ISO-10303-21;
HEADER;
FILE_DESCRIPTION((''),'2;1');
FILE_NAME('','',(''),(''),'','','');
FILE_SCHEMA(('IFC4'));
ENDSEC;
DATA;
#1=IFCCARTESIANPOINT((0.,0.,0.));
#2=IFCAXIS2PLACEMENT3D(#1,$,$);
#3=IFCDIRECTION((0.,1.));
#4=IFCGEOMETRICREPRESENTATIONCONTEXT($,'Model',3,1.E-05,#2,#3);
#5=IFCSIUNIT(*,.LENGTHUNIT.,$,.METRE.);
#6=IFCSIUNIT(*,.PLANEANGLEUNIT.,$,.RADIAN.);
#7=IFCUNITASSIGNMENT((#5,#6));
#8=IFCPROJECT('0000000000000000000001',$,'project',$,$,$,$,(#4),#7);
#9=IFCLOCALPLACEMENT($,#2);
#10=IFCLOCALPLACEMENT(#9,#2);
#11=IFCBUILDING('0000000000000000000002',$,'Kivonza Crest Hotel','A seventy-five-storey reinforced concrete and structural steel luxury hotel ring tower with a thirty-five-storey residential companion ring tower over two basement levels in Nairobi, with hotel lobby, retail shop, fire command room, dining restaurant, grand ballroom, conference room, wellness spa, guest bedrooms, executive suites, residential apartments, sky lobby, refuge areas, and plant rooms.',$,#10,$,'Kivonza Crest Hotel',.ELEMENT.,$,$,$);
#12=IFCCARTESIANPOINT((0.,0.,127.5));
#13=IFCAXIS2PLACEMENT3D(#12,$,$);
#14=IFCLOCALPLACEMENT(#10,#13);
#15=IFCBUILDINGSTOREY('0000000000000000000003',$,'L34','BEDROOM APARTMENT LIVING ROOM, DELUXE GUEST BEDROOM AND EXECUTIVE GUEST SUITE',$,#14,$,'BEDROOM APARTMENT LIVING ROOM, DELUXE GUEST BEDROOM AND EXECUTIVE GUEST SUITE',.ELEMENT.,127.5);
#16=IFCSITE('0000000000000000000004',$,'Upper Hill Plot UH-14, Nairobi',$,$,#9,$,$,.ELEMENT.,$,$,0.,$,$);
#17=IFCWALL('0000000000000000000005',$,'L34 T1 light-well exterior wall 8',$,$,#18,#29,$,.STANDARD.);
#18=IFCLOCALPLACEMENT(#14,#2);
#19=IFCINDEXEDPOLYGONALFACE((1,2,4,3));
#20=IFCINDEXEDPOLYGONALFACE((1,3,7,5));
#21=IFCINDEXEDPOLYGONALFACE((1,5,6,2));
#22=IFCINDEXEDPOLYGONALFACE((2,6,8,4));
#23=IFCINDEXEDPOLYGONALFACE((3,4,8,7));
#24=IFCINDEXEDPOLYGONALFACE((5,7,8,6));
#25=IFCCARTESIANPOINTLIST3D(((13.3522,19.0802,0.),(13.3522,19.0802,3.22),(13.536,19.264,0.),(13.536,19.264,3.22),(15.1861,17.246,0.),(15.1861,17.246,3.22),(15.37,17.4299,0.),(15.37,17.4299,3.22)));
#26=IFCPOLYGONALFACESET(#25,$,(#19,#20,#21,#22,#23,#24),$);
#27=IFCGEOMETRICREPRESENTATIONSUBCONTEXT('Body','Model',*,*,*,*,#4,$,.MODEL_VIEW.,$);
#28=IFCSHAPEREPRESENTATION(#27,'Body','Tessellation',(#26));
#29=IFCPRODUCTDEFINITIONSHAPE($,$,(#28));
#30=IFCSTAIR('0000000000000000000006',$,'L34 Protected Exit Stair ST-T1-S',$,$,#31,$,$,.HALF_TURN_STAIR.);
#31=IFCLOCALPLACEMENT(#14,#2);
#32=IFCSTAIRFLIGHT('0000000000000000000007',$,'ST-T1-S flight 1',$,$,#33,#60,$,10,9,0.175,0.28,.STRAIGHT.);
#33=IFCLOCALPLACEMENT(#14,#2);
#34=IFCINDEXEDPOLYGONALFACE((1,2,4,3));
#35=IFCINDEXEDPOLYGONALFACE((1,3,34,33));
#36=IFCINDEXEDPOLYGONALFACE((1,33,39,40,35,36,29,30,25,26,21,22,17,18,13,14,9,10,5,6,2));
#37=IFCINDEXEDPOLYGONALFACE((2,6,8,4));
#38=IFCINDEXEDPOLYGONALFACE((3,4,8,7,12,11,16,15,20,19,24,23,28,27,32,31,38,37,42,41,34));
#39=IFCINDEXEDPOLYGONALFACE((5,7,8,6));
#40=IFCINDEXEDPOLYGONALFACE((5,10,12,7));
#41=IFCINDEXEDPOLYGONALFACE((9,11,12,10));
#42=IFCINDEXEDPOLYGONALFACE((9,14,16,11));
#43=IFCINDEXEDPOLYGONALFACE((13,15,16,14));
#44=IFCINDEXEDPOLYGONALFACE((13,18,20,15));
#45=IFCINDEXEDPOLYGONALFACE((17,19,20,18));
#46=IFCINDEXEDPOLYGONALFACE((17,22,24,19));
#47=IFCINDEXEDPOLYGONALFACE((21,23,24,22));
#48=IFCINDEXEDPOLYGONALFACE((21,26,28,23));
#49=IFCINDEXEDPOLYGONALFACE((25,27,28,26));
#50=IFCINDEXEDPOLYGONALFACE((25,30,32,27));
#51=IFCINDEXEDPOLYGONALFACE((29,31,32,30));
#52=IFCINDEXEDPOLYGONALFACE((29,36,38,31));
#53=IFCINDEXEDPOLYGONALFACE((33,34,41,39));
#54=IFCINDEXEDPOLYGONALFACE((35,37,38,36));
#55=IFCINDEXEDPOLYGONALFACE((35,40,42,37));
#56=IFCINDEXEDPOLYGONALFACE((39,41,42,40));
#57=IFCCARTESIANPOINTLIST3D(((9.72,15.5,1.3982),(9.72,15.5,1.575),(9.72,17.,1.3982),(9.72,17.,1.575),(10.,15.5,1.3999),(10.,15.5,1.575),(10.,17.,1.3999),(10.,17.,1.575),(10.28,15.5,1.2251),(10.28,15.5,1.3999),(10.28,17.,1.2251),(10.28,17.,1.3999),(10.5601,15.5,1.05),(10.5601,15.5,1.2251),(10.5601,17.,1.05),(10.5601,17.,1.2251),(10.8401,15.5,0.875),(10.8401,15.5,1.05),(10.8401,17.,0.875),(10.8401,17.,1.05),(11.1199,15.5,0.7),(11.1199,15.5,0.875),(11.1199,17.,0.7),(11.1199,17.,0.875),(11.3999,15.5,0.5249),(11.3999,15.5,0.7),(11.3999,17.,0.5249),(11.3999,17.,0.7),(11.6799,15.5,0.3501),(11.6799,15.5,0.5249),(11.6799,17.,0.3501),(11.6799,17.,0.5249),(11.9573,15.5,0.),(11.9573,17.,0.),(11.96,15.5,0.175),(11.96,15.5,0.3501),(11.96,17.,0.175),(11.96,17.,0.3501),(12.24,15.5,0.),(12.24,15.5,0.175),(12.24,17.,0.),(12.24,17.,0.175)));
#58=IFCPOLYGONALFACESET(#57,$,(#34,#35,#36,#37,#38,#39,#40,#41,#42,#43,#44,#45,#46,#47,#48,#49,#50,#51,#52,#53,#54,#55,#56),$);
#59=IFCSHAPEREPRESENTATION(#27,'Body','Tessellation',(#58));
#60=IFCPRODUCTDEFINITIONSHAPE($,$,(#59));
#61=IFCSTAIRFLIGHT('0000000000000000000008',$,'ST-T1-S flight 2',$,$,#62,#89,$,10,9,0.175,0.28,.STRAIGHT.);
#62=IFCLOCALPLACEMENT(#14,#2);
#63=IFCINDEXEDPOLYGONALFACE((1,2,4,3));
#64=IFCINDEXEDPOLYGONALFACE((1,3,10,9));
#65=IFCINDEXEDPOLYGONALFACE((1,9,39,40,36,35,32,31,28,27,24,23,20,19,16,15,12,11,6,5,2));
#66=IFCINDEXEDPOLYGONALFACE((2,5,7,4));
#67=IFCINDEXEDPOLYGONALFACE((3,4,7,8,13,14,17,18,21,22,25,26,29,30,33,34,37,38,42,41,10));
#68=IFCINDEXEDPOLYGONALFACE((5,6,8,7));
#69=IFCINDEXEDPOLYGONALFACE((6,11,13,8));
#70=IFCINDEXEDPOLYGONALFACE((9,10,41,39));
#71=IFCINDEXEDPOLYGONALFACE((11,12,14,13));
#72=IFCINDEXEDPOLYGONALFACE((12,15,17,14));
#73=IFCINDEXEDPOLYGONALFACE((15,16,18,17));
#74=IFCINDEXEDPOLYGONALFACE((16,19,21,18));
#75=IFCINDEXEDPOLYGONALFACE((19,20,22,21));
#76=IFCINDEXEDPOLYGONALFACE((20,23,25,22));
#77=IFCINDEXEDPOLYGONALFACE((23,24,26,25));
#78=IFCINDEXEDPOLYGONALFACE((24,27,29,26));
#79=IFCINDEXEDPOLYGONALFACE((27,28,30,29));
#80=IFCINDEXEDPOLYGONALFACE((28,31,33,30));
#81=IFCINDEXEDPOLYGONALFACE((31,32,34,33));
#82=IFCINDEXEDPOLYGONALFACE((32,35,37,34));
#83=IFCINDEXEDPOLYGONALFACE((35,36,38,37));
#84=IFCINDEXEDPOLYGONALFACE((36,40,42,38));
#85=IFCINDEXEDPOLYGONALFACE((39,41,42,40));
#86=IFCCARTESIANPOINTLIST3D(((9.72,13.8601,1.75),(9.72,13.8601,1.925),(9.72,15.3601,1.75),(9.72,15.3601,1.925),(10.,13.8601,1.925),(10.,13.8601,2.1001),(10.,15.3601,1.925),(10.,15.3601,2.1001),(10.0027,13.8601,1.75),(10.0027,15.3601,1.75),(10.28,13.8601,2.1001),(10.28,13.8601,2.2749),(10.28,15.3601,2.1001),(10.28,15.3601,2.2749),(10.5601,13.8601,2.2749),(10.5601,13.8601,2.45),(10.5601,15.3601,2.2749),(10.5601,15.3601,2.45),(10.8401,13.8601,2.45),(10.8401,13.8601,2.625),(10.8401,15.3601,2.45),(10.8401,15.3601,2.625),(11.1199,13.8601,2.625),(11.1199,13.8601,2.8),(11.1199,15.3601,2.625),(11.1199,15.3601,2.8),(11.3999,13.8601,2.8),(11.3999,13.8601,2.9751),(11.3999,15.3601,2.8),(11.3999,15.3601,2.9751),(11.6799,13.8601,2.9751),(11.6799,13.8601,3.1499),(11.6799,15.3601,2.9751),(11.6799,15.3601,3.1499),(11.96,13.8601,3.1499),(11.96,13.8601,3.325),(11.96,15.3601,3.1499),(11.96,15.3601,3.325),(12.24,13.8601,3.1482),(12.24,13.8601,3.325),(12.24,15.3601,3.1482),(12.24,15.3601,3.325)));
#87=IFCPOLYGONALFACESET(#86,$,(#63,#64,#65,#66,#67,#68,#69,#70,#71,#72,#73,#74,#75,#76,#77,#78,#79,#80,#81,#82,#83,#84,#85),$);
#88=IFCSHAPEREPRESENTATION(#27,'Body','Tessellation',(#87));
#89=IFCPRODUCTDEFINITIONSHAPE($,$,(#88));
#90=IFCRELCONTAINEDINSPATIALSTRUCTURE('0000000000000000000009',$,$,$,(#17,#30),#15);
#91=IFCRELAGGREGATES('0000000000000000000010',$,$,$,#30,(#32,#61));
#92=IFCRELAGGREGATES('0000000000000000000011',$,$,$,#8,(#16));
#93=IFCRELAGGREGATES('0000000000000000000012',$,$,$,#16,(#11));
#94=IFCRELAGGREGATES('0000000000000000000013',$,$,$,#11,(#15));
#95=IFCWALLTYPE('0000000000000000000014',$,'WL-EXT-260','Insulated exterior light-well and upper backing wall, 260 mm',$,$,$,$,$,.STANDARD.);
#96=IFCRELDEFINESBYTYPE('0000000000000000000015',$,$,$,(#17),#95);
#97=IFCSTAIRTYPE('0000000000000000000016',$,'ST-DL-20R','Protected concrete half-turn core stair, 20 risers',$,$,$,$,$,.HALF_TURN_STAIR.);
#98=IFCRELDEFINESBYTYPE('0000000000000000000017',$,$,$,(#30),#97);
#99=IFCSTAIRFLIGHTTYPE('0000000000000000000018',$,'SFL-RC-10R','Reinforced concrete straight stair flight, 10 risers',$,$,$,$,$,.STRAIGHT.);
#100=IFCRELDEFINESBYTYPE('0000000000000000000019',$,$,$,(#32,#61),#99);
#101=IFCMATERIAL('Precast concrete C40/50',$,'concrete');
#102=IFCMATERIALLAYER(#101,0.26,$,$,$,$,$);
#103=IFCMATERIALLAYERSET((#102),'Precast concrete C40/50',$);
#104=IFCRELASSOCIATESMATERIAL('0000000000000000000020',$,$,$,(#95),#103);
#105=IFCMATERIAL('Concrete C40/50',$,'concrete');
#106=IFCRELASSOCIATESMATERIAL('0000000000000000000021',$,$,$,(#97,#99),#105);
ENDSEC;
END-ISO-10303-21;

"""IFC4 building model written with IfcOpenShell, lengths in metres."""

from ifc_helpers import new_model, si_unit, direction, frame, frame_2d, origin, place, context, subcontext, project, spatial, polyline, rectangle, outline, extrude, material, layer, layer_set, type_object, element, aggregate, save


model = new_model("IFC4")

# Units and contexts
model_context = context("Model", 3, precision=1e-05, world=origin(), true_north=direction((0.0, 1.0)))
body_context = subcontext(model_context, "Body", "Model", "MODEL_VIEW")
ifc_project = project(units=[si_unit("LENGTHUNIT", "METRE"), si_unit("PLANEANGLEUNIT", "RADIAN")], contexts=[model_context])

# Site, building, storey
site_placement = place(None, origin())
site = spatial("IfcSite", under=ifc_project, at=site_placement, Name="Upper Hill Plot UH-14, Nairobi", CompositionType="ELEMENT", RefElevation=0.0)
building_placement = place(site_placement, origin())
building = spatial("IfcBuilding", under=site, at=building_placement, Name="Kivonza Crest Hotel", Description="A seventy-five-storey reinforced concrete and structural steel luxury hotel ring tower with a thirty-five-storey residential companion ring tower over two basement levels in Nairobi, with hotel lobby, retail shop, fire command room, dining restaurant, grand ballroom, conference room, wellness spa, guest bedrooms, executive suites, residential apartments, sky lobby, refuge areas, and plant rooms.", LongName="Kivonza Crest Hotel", CompositionType="ELEMENT")
storey_placement = place(building_placement, frame((0.0, 0.0, 127.5)))
storey = spatial("IfcBuildingStorey", under=building, at=storey_placement, Name="L34", Description="BEDROOM APARTMENT LIVING ROOM, DELUXE GUEST BEDROOM AND EXECUTIVE GUEST SUITE", LongName="BEDROOM APARTMENT LIVING ROOM, DELUXE GUEST BEDROOM AND EXECUTIVE GUEST SUITE", CompositionType="ELEMENT", Elevation=127.5)

# Wall
ifc_material_1 = material(Name="Precast concrete C40/50", Category="concrete")
ifc_layer_1 = layer(ifc_material_1, 0.26)
ifc_layer_set_1 = layer_set([ifc_layer_1], Name="Precast concrete C40/50")
wall_type_1 = type_object("IfcWallType", Name="WL-EXT-260", Description="Insulated exterior light-well and upper backing wall, 260 mm", PredefinedType="STANDARD", material=ifc_layer_set_1)
wall_1_placement = place(storey_placement, frame((13.4441, 19.1721, 0.0), z_axis=(0.0, 0.0, 1.0), x_axis=(0.70706, -0.707154, 0.0)))
element("IfcWall", 1, at=wall_1_placement, inside=storey, type_object=wall_type_1, Name="L34 T1 light-well exterior wall 8", PredefinedType="STANDARD", context=body_context, shape_type="SweptSolid", body=[
    extrude(rectangle(XDim=2.5938, YDim=0.26, at=frame_2d((1.2969, 0.0))), origin(), (0.0, 0.0, 1.0), 3.22),
])

# Stair, stair flights
ifc_material_2 = material(Name="Concrete C40/50", Category="concrete")
stair_type = type_object("IfcStairType", Name="ST-DL-20R", Description="Protected concrete half-turn core stair, 20 risers", PredefinedType="HALF_TURN_STAIR", material=ifc_material_2)
stair_placement = place(storey_placement, origin())
stair = element("IfcStair", 2, at=stair_placement, inside=storey, type_object=stair_type, Name="L34 Protected Exit Stair ST-T1-S", PredefinedType="HALF_TURN_STAIR")
stair_flight_type = type_object("IfcStairFlightType", Name="SFL-RC-10R", Description="Reinforced concrete straight stair flight, 10 risers", PredefinedType="STRAIGHT", material=ifc_material_2)
stair_flight_1_placement = place(storey_placement, frame((12.24, 16.25, 0.0), z_axis=(0.0, 0.0, 1.0), x_axis=(-1.0, 0.0, 0.0)))
stair_flight_1 = element("IfcStairFlight", 3, at=stair_flight_1_placement, type_object=stair_flight_type, Name="ST-T1-S flight 1", NumberOfRisers=10, NumberOfTreads=9, PredefinedType="STRAIGHT", RiserHeight=0.175, TreadLength=0.28, context=body_context, shape_type="SweptSolid", body=[
    extrude(outline(polyline([(0.0, 0.0), (0.0, 0.175), (0.28, 0.175), (0.28, 0.3501), (0.5601, 0.3501), (0.5601, 0.5249), (0.8401, 0.5249), (0.8401, 0.7), (1.1201, 0.7), (1.1201, 0.875), (1.3999, 0.875), (1.3999, 1.05), (1.6799, 1.05), (1.6799, 1.2251), (1.96, 1.2251), (1.96, 1.3999), (2.24, 1.3999), (2.24, 1.575), (2.52, 1.575), (2.52, 1.75), (2.52, 1.3982), (0.2827, 0.0), (0.0, 0.0)])), frame((0.0, 0.75, 0.0), z_axis=(0.0, -1.0, 0.0), x_axis=(1.0, 0.0, 0.0)), (0.0, 0.0, 1.0), 1.5),
])
stair_flight_2_placement = place(storey_placement, frame((9.72, 14.6101, 1.75), z_axis=(0.0, 0.0, 1.0), x_axis=(1.0, 0.0, 0.0)))
stair_flight_2 = element("IfcStairFlight", 4, at=stair_flight_2_placement, type_object=stair_flight_type, Name="ST-T1-S flight 2", NumberOfRisers=10, NumberOfTreads=9, PredefinedType="STRAIGHT", RiserHeight=0.175, TreadLength=0.28, context=body_context, shape_type="SweptSolid", body=[
    extrude(outline(polyline([(0.0, 0.0), (0.0, 0.175), (0.28, 0.175), (0.28, 0.3501), (0.5601, 0.3501), (0.5601, 0.5249), (0.8401, 0.5249), (0.8401, 0.7), (1.1201, 0.7), (1.1201, 0.875), (1.3999, 0.875), (1.3999, 1.05), (1.6799, 1.05), (1.6799, 1.2251), (1.96, 1.2251), (1.96, 1.3999), (2.24, 1.3999), (2.24, 1.575), (2.52, 1.575), (2.52, 1.75), (2.52, 1.3982), (0.2827, 0.0), (0.0, 0.0)])), frame((0.0, 0.75, 0.0), z_axis=(0.0, -1.0, 0.0), x_axis=(1.0, 0.0, 0.0)), (0.0, 0.0, 1.0), 1.5),
])
aggregate(stair, [stair_flight_1, stair_flight_2])

save(model, "model.ifc")
